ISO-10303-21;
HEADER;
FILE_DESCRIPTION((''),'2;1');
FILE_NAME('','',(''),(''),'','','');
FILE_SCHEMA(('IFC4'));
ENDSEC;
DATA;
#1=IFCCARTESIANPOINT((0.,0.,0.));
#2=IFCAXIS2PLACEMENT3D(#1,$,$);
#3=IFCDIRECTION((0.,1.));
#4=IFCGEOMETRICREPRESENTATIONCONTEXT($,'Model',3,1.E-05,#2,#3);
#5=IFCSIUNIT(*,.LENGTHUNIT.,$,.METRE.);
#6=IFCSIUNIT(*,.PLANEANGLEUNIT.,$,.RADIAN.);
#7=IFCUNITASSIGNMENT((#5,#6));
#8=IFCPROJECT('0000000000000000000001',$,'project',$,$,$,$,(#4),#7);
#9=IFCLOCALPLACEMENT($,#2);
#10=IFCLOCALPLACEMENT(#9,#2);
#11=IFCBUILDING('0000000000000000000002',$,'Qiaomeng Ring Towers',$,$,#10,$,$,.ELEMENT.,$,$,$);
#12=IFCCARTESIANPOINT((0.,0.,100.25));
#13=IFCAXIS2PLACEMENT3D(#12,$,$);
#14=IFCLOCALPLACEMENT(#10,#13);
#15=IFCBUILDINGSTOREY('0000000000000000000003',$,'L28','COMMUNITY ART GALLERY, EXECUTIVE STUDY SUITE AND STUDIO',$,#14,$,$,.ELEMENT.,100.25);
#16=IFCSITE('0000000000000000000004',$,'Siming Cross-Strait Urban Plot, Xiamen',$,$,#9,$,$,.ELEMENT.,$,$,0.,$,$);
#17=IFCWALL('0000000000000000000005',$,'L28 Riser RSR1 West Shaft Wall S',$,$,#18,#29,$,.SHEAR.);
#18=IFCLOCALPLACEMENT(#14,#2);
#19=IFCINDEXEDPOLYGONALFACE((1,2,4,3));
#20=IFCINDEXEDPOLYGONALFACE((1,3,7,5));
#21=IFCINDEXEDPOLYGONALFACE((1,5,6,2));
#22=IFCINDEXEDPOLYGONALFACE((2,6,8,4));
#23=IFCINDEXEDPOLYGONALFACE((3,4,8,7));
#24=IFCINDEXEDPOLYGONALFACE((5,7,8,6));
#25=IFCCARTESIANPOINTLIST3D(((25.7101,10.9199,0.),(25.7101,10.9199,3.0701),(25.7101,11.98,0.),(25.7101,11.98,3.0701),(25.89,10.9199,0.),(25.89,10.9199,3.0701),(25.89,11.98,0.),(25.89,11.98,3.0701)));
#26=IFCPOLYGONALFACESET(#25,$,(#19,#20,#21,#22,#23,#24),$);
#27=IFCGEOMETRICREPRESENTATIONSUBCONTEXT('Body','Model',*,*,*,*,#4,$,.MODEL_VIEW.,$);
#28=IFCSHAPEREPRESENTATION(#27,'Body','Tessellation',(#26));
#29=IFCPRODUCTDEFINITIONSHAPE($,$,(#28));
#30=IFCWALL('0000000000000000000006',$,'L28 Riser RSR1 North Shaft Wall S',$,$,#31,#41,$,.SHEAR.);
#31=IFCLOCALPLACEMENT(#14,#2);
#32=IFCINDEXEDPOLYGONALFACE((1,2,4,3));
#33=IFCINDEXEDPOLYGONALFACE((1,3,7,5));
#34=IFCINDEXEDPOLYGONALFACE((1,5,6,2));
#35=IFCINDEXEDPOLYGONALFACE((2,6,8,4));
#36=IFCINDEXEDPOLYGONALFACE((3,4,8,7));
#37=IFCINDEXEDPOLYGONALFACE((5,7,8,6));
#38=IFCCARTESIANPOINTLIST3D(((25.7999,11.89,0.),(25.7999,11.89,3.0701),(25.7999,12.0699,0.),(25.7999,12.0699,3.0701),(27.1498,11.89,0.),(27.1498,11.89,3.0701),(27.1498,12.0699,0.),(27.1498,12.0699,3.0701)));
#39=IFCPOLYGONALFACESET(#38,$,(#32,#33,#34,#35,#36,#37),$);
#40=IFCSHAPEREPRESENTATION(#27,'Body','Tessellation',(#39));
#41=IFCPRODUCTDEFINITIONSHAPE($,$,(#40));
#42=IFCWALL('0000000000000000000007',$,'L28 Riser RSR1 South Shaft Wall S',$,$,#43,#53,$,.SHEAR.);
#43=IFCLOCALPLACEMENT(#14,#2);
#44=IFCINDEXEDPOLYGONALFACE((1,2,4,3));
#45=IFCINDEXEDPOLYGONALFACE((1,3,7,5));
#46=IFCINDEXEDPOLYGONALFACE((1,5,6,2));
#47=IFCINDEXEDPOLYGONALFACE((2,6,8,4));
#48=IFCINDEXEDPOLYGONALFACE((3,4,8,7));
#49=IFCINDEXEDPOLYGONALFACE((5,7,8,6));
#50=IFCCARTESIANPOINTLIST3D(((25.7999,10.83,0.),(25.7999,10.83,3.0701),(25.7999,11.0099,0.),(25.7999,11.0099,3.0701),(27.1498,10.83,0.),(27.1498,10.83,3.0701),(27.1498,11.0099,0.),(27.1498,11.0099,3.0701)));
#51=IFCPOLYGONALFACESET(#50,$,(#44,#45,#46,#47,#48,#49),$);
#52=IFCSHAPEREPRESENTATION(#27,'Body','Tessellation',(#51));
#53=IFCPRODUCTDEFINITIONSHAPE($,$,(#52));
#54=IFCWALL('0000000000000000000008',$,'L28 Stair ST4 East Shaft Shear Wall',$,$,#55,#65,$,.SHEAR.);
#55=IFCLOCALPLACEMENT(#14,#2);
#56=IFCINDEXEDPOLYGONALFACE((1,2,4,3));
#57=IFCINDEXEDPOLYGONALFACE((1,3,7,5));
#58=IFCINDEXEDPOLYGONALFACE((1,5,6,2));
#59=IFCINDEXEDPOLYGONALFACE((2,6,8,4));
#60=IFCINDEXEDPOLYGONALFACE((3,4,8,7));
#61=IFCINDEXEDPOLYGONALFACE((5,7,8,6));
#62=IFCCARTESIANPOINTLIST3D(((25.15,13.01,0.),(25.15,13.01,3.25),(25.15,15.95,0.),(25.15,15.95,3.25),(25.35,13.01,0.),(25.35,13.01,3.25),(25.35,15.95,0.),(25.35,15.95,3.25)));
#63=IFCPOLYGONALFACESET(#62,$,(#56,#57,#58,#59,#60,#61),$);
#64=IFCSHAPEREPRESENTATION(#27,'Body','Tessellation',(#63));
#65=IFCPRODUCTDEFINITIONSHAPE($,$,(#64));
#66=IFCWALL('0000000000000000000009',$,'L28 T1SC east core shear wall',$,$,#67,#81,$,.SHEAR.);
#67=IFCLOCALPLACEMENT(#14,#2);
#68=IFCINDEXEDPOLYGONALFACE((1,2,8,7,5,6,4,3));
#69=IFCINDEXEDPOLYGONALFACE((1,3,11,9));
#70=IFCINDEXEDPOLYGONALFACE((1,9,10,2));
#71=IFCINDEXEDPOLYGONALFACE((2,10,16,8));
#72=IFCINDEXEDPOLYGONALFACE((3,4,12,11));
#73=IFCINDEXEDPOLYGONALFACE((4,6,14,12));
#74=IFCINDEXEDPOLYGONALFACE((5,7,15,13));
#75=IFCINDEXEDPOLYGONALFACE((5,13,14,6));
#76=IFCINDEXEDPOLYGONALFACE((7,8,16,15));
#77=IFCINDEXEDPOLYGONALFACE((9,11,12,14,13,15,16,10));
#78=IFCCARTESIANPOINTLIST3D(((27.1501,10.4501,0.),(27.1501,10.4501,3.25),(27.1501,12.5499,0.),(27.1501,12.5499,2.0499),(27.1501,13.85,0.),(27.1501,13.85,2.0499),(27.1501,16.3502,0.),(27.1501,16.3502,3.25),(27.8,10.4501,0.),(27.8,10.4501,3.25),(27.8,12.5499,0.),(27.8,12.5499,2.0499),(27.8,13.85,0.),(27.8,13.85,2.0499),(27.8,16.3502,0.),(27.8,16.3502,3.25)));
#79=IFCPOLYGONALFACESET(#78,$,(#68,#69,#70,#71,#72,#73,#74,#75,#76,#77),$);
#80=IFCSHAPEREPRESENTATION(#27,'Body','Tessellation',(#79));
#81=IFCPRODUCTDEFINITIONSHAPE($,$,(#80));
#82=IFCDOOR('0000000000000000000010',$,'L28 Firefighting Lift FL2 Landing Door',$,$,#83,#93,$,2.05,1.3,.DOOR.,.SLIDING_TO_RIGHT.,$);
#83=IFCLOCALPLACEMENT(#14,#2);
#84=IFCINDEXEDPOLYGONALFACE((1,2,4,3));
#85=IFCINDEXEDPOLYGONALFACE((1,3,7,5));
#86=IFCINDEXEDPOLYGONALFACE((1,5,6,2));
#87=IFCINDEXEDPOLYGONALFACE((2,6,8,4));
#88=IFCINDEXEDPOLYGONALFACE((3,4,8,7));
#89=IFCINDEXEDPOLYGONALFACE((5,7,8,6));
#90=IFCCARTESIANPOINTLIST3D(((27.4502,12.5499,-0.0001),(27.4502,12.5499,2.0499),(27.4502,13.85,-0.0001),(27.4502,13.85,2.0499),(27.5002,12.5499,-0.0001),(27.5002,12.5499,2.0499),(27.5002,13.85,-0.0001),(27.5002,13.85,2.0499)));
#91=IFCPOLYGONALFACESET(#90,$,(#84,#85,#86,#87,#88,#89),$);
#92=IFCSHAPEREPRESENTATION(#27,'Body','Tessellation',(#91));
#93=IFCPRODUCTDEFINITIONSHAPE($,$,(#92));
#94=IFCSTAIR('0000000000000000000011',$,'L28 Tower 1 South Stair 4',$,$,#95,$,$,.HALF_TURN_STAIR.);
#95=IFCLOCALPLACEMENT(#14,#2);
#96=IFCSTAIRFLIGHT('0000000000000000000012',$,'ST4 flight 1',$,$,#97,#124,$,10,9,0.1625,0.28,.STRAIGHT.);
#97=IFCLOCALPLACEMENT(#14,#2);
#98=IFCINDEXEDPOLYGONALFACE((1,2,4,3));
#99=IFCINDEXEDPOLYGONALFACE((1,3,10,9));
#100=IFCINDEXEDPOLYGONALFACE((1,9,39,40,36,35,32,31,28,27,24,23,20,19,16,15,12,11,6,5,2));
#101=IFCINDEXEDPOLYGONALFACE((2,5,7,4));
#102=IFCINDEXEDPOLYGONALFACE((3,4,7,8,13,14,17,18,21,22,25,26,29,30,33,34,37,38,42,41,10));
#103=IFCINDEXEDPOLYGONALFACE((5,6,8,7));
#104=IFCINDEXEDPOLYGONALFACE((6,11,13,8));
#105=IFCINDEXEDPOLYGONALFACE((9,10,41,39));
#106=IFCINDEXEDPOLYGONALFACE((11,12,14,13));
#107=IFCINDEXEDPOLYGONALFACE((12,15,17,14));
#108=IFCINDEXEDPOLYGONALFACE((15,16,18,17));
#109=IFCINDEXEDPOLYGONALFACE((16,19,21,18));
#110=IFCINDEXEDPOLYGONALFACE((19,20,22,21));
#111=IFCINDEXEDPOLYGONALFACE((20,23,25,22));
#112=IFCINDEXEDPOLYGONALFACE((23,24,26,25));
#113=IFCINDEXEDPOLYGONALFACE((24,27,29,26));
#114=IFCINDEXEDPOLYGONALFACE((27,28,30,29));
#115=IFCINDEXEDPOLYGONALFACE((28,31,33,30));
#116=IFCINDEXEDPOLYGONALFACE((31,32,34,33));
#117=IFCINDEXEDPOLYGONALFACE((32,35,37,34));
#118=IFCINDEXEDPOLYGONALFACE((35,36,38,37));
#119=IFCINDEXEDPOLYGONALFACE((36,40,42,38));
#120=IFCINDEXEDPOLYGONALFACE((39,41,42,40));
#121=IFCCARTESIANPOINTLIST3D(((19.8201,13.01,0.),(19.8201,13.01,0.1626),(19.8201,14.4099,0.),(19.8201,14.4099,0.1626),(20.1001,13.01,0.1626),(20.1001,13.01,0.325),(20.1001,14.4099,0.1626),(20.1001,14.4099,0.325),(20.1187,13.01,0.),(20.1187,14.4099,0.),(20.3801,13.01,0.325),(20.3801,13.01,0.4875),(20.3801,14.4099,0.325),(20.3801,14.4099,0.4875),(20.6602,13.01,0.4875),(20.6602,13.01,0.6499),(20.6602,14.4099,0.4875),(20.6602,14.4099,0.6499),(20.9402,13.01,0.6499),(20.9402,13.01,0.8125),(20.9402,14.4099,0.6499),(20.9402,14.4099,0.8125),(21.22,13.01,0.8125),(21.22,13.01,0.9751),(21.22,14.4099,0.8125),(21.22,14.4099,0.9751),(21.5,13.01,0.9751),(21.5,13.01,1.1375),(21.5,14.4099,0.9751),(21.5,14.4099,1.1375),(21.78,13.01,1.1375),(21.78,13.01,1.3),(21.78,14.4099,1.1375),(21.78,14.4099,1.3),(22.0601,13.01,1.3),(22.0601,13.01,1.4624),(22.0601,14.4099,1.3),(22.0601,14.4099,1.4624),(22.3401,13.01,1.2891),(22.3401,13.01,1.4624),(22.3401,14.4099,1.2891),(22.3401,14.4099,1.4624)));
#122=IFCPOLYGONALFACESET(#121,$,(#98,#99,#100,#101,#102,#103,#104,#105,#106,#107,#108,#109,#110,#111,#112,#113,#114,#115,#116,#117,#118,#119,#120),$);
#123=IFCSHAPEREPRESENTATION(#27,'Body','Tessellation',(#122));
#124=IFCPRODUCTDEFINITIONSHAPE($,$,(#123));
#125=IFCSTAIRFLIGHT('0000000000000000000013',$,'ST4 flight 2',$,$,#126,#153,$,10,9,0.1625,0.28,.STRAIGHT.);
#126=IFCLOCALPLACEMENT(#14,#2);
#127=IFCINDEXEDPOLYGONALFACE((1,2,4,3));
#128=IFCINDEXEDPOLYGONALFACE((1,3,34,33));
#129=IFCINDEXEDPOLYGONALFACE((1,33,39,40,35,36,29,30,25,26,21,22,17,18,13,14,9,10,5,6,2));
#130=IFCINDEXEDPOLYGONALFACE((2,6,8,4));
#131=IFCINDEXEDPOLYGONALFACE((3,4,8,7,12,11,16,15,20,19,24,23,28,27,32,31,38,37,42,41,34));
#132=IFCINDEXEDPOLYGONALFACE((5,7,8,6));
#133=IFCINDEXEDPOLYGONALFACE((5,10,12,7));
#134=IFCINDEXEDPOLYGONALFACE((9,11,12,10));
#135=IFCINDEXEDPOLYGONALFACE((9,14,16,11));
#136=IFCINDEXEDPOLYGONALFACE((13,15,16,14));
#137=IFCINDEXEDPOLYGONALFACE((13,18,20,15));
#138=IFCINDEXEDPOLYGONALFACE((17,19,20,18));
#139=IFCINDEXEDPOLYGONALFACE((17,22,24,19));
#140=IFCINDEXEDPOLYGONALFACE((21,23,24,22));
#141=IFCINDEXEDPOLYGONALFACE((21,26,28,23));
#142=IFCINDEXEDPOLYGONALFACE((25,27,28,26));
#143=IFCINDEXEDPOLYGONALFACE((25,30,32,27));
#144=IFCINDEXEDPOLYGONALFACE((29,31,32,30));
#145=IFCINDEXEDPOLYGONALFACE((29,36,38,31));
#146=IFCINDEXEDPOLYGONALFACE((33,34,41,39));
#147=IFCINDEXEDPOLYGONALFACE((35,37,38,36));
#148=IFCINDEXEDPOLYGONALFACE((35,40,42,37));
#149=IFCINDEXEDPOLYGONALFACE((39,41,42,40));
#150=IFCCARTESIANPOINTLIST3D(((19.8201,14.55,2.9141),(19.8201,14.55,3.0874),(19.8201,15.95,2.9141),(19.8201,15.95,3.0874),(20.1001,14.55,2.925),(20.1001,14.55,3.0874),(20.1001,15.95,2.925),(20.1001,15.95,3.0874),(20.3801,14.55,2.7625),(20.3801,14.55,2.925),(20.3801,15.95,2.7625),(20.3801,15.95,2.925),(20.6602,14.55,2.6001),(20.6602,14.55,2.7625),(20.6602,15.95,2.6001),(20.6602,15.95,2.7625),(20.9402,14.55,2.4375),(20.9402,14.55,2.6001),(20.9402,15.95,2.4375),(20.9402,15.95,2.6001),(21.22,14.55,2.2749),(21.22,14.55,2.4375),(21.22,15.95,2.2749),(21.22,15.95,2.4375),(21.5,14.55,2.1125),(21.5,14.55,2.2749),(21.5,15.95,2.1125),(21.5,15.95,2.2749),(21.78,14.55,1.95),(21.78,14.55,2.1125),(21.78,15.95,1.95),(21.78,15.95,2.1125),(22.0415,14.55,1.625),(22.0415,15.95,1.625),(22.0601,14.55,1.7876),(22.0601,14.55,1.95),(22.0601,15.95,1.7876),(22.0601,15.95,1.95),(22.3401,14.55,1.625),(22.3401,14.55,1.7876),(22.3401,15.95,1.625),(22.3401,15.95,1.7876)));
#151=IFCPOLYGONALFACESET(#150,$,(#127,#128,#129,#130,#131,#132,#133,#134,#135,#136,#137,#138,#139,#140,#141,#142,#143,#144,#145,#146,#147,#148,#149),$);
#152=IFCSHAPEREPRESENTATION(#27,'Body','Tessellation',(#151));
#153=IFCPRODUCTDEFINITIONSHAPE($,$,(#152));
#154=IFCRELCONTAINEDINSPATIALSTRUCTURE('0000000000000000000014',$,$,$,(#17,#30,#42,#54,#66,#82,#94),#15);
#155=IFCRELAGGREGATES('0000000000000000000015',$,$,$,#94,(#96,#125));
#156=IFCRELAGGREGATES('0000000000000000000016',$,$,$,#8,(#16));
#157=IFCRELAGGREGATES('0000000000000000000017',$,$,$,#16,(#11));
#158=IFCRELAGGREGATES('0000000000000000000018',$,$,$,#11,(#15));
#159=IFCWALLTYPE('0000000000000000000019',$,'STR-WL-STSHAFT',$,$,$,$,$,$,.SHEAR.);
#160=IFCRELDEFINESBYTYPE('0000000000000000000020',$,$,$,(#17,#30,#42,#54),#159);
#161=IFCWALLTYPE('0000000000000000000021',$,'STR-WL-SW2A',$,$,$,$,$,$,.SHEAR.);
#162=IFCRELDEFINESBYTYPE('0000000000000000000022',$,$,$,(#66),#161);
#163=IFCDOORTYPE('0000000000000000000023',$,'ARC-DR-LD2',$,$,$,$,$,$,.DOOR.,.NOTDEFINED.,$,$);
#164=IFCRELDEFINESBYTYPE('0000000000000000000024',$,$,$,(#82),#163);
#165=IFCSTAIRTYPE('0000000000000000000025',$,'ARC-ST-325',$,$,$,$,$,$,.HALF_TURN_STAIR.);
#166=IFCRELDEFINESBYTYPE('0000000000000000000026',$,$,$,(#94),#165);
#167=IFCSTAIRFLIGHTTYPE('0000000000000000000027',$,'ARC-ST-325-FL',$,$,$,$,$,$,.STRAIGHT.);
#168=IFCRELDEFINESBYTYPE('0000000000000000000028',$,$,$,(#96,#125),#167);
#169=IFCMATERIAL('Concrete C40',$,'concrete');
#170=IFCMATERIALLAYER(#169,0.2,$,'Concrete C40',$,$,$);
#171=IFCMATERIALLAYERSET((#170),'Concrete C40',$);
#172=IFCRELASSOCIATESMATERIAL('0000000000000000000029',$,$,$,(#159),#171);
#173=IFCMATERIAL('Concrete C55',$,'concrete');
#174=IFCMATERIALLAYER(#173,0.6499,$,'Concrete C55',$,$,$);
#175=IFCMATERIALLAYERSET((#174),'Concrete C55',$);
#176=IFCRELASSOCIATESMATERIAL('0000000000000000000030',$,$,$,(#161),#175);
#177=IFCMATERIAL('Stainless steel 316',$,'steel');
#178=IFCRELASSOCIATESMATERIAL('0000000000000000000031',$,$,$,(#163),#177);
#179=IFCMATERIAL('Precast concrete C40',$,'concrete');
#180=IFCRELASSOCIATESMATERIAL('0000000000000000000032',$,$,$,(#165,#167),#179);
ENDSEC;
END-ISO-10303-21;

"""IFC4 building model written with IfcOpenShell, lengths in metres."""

from ifc_helpers import new_model, si_unit, direction, frame, frame_2d, origin, place, context, subcontext, project, spatial, polyline, rectangle, outline, extrude, source, transform, mapped, material, layer, layer_set, type_object, element, fill, aggregate, save


model = new_model("IFC4")

# Units and contexts
model_context = context("Model", 3, precision=1e-05, world=origin(), true_north=direction((0.0, 1.0)))
body_context = subcontext(model_context, "Body", "Model", "MODEL_VIEW")
ifc_project = project(units=[si_unit("LENGTHUNIT", "METRE"), si_unit("PLANEANGLEUNIT", "RADIAN")], contexts=[model_context])

# Site, building, storey
site_placement = place(None, origin())
site = spatial("IfcSite", under=ifc_project, at=site_placement, Name="Siming Cross-Strait Urban Plot, Xiamen", CompositionType="ELEMENT", RefElevation=0.0)
building_placement = place(site_placement, origin())
building = spatial("IfcBuilding", under=site, at=building_placement, Name="Qiaomeng Ring Towers", CompositionType="ELEMENT")
storey_placement = place(building_placement, frame((0.0, 0.0, 100.25)))
storey = spatial("IfcBuildingStorey", under=building, at=storey_placement, Name="L28", Description="COMMUNITY ART GALLERY, EXECUTIVE STUDY SUITE AND STUDIO", CompositionType="ELEMENT", Elevation=100.25)

# Shared definitions
ifc_material_1 = material(Name="Concrete C55", Category="concrete")

# Walls
ifc_material_2 = material(Name="Concrete C40", Category="concrete")
ifc_layer_1 = layer(ifc_material_2, 0.2, Name="Concrete C40")
ifc_layer_set_1 = layer_set([ifc_layer_1], Name="Concrete C40")
wall_type_1 = type_object("IfcWallType", Name="STR-WL-STSHAFT", PredefinedType="SHEAR", material=ifc_layer_set_1)
wall_1_placement = place(storey_placement, frame((25.8, 10.9199, 0.0), z_axis=(0.0, 0.0, 1.0), x_axis=(0.0, 1.0, 0.0)))
element("IfcWall", 1, at=wall_1_placement, inside=storey, type_object=wall_type_1, Name="L28 Riser RSR1 West Shaft Wall S", PredefinedType="SHEAR", context=body_context, shape_type="SweptSolid", body=[
    extrude(rectangle(XDim=1.0601, YDim=0.1799, at=frame_2d((0.53, 0.0))), origin(), (0.0, 0.0, 1.0), 3.0701),
])
for number, where, z_axis, x_axis, name in (
    (2, (25.8, 11.98, 0.0), (0.0, 0.0, 1.0), (1.0, 0.0, 0.0), "L28 Riser RSR1 North Shaft Wall S"),
    (3, (25.8, 10.9199, 0.0), (0.0, 0.0, 1.0), (1.0, 0.0, 0.0), "L28 Riser RSR1 South Shaft Wall S"),
):
    element("IfcWall", number, at=place(storey_placement, frame(where, z_axis=z_axis, x_axis=x_axis)), inside=storey, type_object=wall_type_1, Name=name, PredefinedType="SHEAR", context=body_context, shape_type="SweptSolid", body=[
        extrude(rectangle(XDim=1.3499, YDim=0.1799, at=frame_2d((0.6748, 0.0))), origin(), (0.0, 0.0, 1.0), 3.0701),
    ])
wall_2_placement = place(storey_placement, frame((25.25, 13.01, 0.0), z_axis=(0.0, 0.0, 1.0), x_axis=(0.0, 1.0, 0.0)))
element("IfcWall", 4, at=wall_2_placement, inside=storey, type_object=wall_type_1, Name="L28 Stair ST4 East Shaft Shear Wall", PredefinedType="SHEAR", context=body_context, shape_type="SweptSolid", body=[
    extrude(rectangle(XDim=2.9399, YDim=0.2, at=frame_2d((1.47, 0.0))), origin(), (0.0, 0.0, 1.0), 3.25),
])

# Wall, opening, door
ifc_layer_2 = layer(ifc_material_1, 0.6499, Name="Concrete C55")
ifc_layer_set_2 = layer_set([ifc_layer_2], Name="Concrete C55")
wall_type_2 = type_object("IfcWallType", Name="STR-WL-SW2A", PredefinedType="SHEAR", material=ifc_layer_set_2)
wall_3_placement = place(storey_placement, frame((27.4751, 10.45, 0.0), z_axis=(0.0, 0.0, 1.0), x_axis=(0.0, 1.0, 0.0)))
wall_3 = element("IfcWall", 5, at=wall_3_placement, inside=storey, type_object=wall_type_2, Name="L28 T1SC east core shear wall", PredefinedType="SHEAR", context=body_context, shape_type="SweptSolid", body=[
    extrude(rectangle(XDim=5.9001, YDim=0.6499, at=frame_2d((2.9502, 0.0))), origin(), (0.0, 0.0, 1.0), 3.25),
])
opening_placement = place(wall_3_placement, frame((2.1001, 0.0, 0.0)))
opening = element("IfcOpeningElement", 6, at=opening_placement, cuts=wall_3, PredefinedType="OPENING", context=body_context, shape_type="SweptSolid", body=[
    extrude(rectangle(XDim=1.3, YDim=2.05, at=frame_2d((0.6499, 1.0249))), frame((0.0, 0.335, 0.0), z_axis=(0.0, -1.0, 0.0), x_axis=(1.0, 0.0, 0.0)), (0.0, 0.0, 1.0), 0.6699),
])
ifc_material_3 = material(Name="Stainless steel 316", Category="steel")
door_type = type_object("IfcDoorType", Name="ARC-DR-LD2", OperationType="NOTDEFINED", PredefinedType="DOOR", material=ifc_material_3)
shared_shape_1 = source(origin(), body_context, "Body", "SweptSolid", [
    extrude(rectangle(XDim=1.3, YDim=2.05, at=frame_2d((0.6499, 1.0249))), frame((0.0, 0.0249, 0.0), z_axis=(0.0, -1.0, 0.0), x_axis=(1.0, 0.0, 0.0)), (0.0, 0.0, 1.0), 0.05),
])
door_placement = place(opening_placement, origin())
door = element("IfcDoor", 7, at=door_placement, inside=storey, type_object=door_type, Name="L28 Firefighting Lift FL2 Landing Door", OperationType="SLIDING_TO_RIGHT", OverallHeight=2.05, OverallWidth=1.3, PredefinedType="DOOR", context=body_context, shape_type="MappedRepresentation", body=[
    mapped(shared_shape_1, transform((0.0, 0.0, 0.0), x_axis=(1.0, 0.0, 0.0), y_axis=(0.0, 1.0, 0.0), z_axis=(0.0, 0.0, 1.0), scale=1.0)),
])
fill(opening, door)

# Stair, stair flights
ifc_material_4 = material(Name="Precast concrete C40", Category="concrete")
stair_type = type_object("IfcStairType", Name="ARC-ST-325", PredefinedType="HALF_TURN_STAIR", material=ifc_material_4)
stair_placement = place(storey_placement, origin())
stair = element("IfcStair", 8, at=stair_placement, inside=storey, type_object=stair_type, Name="L28 Tower 1 South Stair 4", PredefinedType="HALF_TURN_STAIR")
stair_flight_type = type_object("IfcStairFlightType", Name="ARC-ST-325-FL", PredefinedType="STRAIGHT", material=ifc_material_4)
shared_shape_2 = source(origin(), body_context, "Body", "SweptSolid", [
    extrude(outline(polyline([(0.0, 0.0), (0.0, 0.1626), (0.28, 0.1626), (0.28, 0.325), (0.5601, 0.325), (0.5601, 0.4875), (0.8401, 0.4875), (0.8401, 0.6499), (1.1201, 0.6499), (1.1201, 0.8125), (1.3999, 0.8125), (1.3999, 0.9751), (1.6799, 0.9751), (1.6799, 1.1375), (1.96, 1.1375), (1.96, 1.3), (2.24, 1.3), (2.24, 1.4624), (2.52, 1.4624), (2.52, 1.625), (2.52, 1.2891), (0.2986, 0.0), (0.0, 0.0)])), frame((0.0, 0.7, 0.0), z_axis=(0.0, -1.0, 0.0), x_axis=(1.0, 0.0, 0.0)), (0.0, 0.0, 1.0), 1.3999),
])
stair_flight_1_placement = place(storey_placement, frame((19.8201, 13.71, 0.0), z_axis=(0.0, 0.0, 1.0), x_axis=(1.0, 0.0, 0.0)))
stair_flight_1 = element("IfcStairFlight", 9, at=stair_flight_1_placement, type_object=stair_flight_type, Name="ST4 flight 1", NumberOfRisers=10, NumberOfTreads=9, PredefinedType="STRAIGHT", RiserHeight=0.1625, TreadLength=0.28, context=body_context, shape_type="MappedRepresentation", body=[
    mapped(shared_shape_2, transform((0.0, 0.0, 0.0), x_axis=(1.0, 0.0, 0.0), y_axis=(0.0, 1.0, 0.0), z_axis=(0.0, 0.0, 1.0), scale=1.0)),
])
stair_flight_2_placement = place(storey_placement, frame((22.3401, 15.25, 1.625), z_axis=(0.0, 0.0, 1.0), x_axis=(-1.0, 0.0, 0.0)))
stair_flight_2 = element("IfcStairFlight", 10, at=stair_flight_2_placement, type_object=stair_flight_type, Name="ST4 flight 2", NumberOfRisers=10, NumberOfTreads=9, PredefinedType="STRAIGHT", RiserHeight=0.1625, TreadLength=0.28, context=body_context, shape_type="MappedRepresentation", body=[
    mapped(shared_shape_2, transform((0.0, 0.0, 0.0), x_axis=(1.0, 0.0, 0.0), y_axis=(0.0, 1.0, 0.0), z_axis=(0.0, 0.0, 1.0), scale=1.0)),
])
aggregate(stair, [stair_flight_1, stair_flight_2])

save(model, "model.ifc")
